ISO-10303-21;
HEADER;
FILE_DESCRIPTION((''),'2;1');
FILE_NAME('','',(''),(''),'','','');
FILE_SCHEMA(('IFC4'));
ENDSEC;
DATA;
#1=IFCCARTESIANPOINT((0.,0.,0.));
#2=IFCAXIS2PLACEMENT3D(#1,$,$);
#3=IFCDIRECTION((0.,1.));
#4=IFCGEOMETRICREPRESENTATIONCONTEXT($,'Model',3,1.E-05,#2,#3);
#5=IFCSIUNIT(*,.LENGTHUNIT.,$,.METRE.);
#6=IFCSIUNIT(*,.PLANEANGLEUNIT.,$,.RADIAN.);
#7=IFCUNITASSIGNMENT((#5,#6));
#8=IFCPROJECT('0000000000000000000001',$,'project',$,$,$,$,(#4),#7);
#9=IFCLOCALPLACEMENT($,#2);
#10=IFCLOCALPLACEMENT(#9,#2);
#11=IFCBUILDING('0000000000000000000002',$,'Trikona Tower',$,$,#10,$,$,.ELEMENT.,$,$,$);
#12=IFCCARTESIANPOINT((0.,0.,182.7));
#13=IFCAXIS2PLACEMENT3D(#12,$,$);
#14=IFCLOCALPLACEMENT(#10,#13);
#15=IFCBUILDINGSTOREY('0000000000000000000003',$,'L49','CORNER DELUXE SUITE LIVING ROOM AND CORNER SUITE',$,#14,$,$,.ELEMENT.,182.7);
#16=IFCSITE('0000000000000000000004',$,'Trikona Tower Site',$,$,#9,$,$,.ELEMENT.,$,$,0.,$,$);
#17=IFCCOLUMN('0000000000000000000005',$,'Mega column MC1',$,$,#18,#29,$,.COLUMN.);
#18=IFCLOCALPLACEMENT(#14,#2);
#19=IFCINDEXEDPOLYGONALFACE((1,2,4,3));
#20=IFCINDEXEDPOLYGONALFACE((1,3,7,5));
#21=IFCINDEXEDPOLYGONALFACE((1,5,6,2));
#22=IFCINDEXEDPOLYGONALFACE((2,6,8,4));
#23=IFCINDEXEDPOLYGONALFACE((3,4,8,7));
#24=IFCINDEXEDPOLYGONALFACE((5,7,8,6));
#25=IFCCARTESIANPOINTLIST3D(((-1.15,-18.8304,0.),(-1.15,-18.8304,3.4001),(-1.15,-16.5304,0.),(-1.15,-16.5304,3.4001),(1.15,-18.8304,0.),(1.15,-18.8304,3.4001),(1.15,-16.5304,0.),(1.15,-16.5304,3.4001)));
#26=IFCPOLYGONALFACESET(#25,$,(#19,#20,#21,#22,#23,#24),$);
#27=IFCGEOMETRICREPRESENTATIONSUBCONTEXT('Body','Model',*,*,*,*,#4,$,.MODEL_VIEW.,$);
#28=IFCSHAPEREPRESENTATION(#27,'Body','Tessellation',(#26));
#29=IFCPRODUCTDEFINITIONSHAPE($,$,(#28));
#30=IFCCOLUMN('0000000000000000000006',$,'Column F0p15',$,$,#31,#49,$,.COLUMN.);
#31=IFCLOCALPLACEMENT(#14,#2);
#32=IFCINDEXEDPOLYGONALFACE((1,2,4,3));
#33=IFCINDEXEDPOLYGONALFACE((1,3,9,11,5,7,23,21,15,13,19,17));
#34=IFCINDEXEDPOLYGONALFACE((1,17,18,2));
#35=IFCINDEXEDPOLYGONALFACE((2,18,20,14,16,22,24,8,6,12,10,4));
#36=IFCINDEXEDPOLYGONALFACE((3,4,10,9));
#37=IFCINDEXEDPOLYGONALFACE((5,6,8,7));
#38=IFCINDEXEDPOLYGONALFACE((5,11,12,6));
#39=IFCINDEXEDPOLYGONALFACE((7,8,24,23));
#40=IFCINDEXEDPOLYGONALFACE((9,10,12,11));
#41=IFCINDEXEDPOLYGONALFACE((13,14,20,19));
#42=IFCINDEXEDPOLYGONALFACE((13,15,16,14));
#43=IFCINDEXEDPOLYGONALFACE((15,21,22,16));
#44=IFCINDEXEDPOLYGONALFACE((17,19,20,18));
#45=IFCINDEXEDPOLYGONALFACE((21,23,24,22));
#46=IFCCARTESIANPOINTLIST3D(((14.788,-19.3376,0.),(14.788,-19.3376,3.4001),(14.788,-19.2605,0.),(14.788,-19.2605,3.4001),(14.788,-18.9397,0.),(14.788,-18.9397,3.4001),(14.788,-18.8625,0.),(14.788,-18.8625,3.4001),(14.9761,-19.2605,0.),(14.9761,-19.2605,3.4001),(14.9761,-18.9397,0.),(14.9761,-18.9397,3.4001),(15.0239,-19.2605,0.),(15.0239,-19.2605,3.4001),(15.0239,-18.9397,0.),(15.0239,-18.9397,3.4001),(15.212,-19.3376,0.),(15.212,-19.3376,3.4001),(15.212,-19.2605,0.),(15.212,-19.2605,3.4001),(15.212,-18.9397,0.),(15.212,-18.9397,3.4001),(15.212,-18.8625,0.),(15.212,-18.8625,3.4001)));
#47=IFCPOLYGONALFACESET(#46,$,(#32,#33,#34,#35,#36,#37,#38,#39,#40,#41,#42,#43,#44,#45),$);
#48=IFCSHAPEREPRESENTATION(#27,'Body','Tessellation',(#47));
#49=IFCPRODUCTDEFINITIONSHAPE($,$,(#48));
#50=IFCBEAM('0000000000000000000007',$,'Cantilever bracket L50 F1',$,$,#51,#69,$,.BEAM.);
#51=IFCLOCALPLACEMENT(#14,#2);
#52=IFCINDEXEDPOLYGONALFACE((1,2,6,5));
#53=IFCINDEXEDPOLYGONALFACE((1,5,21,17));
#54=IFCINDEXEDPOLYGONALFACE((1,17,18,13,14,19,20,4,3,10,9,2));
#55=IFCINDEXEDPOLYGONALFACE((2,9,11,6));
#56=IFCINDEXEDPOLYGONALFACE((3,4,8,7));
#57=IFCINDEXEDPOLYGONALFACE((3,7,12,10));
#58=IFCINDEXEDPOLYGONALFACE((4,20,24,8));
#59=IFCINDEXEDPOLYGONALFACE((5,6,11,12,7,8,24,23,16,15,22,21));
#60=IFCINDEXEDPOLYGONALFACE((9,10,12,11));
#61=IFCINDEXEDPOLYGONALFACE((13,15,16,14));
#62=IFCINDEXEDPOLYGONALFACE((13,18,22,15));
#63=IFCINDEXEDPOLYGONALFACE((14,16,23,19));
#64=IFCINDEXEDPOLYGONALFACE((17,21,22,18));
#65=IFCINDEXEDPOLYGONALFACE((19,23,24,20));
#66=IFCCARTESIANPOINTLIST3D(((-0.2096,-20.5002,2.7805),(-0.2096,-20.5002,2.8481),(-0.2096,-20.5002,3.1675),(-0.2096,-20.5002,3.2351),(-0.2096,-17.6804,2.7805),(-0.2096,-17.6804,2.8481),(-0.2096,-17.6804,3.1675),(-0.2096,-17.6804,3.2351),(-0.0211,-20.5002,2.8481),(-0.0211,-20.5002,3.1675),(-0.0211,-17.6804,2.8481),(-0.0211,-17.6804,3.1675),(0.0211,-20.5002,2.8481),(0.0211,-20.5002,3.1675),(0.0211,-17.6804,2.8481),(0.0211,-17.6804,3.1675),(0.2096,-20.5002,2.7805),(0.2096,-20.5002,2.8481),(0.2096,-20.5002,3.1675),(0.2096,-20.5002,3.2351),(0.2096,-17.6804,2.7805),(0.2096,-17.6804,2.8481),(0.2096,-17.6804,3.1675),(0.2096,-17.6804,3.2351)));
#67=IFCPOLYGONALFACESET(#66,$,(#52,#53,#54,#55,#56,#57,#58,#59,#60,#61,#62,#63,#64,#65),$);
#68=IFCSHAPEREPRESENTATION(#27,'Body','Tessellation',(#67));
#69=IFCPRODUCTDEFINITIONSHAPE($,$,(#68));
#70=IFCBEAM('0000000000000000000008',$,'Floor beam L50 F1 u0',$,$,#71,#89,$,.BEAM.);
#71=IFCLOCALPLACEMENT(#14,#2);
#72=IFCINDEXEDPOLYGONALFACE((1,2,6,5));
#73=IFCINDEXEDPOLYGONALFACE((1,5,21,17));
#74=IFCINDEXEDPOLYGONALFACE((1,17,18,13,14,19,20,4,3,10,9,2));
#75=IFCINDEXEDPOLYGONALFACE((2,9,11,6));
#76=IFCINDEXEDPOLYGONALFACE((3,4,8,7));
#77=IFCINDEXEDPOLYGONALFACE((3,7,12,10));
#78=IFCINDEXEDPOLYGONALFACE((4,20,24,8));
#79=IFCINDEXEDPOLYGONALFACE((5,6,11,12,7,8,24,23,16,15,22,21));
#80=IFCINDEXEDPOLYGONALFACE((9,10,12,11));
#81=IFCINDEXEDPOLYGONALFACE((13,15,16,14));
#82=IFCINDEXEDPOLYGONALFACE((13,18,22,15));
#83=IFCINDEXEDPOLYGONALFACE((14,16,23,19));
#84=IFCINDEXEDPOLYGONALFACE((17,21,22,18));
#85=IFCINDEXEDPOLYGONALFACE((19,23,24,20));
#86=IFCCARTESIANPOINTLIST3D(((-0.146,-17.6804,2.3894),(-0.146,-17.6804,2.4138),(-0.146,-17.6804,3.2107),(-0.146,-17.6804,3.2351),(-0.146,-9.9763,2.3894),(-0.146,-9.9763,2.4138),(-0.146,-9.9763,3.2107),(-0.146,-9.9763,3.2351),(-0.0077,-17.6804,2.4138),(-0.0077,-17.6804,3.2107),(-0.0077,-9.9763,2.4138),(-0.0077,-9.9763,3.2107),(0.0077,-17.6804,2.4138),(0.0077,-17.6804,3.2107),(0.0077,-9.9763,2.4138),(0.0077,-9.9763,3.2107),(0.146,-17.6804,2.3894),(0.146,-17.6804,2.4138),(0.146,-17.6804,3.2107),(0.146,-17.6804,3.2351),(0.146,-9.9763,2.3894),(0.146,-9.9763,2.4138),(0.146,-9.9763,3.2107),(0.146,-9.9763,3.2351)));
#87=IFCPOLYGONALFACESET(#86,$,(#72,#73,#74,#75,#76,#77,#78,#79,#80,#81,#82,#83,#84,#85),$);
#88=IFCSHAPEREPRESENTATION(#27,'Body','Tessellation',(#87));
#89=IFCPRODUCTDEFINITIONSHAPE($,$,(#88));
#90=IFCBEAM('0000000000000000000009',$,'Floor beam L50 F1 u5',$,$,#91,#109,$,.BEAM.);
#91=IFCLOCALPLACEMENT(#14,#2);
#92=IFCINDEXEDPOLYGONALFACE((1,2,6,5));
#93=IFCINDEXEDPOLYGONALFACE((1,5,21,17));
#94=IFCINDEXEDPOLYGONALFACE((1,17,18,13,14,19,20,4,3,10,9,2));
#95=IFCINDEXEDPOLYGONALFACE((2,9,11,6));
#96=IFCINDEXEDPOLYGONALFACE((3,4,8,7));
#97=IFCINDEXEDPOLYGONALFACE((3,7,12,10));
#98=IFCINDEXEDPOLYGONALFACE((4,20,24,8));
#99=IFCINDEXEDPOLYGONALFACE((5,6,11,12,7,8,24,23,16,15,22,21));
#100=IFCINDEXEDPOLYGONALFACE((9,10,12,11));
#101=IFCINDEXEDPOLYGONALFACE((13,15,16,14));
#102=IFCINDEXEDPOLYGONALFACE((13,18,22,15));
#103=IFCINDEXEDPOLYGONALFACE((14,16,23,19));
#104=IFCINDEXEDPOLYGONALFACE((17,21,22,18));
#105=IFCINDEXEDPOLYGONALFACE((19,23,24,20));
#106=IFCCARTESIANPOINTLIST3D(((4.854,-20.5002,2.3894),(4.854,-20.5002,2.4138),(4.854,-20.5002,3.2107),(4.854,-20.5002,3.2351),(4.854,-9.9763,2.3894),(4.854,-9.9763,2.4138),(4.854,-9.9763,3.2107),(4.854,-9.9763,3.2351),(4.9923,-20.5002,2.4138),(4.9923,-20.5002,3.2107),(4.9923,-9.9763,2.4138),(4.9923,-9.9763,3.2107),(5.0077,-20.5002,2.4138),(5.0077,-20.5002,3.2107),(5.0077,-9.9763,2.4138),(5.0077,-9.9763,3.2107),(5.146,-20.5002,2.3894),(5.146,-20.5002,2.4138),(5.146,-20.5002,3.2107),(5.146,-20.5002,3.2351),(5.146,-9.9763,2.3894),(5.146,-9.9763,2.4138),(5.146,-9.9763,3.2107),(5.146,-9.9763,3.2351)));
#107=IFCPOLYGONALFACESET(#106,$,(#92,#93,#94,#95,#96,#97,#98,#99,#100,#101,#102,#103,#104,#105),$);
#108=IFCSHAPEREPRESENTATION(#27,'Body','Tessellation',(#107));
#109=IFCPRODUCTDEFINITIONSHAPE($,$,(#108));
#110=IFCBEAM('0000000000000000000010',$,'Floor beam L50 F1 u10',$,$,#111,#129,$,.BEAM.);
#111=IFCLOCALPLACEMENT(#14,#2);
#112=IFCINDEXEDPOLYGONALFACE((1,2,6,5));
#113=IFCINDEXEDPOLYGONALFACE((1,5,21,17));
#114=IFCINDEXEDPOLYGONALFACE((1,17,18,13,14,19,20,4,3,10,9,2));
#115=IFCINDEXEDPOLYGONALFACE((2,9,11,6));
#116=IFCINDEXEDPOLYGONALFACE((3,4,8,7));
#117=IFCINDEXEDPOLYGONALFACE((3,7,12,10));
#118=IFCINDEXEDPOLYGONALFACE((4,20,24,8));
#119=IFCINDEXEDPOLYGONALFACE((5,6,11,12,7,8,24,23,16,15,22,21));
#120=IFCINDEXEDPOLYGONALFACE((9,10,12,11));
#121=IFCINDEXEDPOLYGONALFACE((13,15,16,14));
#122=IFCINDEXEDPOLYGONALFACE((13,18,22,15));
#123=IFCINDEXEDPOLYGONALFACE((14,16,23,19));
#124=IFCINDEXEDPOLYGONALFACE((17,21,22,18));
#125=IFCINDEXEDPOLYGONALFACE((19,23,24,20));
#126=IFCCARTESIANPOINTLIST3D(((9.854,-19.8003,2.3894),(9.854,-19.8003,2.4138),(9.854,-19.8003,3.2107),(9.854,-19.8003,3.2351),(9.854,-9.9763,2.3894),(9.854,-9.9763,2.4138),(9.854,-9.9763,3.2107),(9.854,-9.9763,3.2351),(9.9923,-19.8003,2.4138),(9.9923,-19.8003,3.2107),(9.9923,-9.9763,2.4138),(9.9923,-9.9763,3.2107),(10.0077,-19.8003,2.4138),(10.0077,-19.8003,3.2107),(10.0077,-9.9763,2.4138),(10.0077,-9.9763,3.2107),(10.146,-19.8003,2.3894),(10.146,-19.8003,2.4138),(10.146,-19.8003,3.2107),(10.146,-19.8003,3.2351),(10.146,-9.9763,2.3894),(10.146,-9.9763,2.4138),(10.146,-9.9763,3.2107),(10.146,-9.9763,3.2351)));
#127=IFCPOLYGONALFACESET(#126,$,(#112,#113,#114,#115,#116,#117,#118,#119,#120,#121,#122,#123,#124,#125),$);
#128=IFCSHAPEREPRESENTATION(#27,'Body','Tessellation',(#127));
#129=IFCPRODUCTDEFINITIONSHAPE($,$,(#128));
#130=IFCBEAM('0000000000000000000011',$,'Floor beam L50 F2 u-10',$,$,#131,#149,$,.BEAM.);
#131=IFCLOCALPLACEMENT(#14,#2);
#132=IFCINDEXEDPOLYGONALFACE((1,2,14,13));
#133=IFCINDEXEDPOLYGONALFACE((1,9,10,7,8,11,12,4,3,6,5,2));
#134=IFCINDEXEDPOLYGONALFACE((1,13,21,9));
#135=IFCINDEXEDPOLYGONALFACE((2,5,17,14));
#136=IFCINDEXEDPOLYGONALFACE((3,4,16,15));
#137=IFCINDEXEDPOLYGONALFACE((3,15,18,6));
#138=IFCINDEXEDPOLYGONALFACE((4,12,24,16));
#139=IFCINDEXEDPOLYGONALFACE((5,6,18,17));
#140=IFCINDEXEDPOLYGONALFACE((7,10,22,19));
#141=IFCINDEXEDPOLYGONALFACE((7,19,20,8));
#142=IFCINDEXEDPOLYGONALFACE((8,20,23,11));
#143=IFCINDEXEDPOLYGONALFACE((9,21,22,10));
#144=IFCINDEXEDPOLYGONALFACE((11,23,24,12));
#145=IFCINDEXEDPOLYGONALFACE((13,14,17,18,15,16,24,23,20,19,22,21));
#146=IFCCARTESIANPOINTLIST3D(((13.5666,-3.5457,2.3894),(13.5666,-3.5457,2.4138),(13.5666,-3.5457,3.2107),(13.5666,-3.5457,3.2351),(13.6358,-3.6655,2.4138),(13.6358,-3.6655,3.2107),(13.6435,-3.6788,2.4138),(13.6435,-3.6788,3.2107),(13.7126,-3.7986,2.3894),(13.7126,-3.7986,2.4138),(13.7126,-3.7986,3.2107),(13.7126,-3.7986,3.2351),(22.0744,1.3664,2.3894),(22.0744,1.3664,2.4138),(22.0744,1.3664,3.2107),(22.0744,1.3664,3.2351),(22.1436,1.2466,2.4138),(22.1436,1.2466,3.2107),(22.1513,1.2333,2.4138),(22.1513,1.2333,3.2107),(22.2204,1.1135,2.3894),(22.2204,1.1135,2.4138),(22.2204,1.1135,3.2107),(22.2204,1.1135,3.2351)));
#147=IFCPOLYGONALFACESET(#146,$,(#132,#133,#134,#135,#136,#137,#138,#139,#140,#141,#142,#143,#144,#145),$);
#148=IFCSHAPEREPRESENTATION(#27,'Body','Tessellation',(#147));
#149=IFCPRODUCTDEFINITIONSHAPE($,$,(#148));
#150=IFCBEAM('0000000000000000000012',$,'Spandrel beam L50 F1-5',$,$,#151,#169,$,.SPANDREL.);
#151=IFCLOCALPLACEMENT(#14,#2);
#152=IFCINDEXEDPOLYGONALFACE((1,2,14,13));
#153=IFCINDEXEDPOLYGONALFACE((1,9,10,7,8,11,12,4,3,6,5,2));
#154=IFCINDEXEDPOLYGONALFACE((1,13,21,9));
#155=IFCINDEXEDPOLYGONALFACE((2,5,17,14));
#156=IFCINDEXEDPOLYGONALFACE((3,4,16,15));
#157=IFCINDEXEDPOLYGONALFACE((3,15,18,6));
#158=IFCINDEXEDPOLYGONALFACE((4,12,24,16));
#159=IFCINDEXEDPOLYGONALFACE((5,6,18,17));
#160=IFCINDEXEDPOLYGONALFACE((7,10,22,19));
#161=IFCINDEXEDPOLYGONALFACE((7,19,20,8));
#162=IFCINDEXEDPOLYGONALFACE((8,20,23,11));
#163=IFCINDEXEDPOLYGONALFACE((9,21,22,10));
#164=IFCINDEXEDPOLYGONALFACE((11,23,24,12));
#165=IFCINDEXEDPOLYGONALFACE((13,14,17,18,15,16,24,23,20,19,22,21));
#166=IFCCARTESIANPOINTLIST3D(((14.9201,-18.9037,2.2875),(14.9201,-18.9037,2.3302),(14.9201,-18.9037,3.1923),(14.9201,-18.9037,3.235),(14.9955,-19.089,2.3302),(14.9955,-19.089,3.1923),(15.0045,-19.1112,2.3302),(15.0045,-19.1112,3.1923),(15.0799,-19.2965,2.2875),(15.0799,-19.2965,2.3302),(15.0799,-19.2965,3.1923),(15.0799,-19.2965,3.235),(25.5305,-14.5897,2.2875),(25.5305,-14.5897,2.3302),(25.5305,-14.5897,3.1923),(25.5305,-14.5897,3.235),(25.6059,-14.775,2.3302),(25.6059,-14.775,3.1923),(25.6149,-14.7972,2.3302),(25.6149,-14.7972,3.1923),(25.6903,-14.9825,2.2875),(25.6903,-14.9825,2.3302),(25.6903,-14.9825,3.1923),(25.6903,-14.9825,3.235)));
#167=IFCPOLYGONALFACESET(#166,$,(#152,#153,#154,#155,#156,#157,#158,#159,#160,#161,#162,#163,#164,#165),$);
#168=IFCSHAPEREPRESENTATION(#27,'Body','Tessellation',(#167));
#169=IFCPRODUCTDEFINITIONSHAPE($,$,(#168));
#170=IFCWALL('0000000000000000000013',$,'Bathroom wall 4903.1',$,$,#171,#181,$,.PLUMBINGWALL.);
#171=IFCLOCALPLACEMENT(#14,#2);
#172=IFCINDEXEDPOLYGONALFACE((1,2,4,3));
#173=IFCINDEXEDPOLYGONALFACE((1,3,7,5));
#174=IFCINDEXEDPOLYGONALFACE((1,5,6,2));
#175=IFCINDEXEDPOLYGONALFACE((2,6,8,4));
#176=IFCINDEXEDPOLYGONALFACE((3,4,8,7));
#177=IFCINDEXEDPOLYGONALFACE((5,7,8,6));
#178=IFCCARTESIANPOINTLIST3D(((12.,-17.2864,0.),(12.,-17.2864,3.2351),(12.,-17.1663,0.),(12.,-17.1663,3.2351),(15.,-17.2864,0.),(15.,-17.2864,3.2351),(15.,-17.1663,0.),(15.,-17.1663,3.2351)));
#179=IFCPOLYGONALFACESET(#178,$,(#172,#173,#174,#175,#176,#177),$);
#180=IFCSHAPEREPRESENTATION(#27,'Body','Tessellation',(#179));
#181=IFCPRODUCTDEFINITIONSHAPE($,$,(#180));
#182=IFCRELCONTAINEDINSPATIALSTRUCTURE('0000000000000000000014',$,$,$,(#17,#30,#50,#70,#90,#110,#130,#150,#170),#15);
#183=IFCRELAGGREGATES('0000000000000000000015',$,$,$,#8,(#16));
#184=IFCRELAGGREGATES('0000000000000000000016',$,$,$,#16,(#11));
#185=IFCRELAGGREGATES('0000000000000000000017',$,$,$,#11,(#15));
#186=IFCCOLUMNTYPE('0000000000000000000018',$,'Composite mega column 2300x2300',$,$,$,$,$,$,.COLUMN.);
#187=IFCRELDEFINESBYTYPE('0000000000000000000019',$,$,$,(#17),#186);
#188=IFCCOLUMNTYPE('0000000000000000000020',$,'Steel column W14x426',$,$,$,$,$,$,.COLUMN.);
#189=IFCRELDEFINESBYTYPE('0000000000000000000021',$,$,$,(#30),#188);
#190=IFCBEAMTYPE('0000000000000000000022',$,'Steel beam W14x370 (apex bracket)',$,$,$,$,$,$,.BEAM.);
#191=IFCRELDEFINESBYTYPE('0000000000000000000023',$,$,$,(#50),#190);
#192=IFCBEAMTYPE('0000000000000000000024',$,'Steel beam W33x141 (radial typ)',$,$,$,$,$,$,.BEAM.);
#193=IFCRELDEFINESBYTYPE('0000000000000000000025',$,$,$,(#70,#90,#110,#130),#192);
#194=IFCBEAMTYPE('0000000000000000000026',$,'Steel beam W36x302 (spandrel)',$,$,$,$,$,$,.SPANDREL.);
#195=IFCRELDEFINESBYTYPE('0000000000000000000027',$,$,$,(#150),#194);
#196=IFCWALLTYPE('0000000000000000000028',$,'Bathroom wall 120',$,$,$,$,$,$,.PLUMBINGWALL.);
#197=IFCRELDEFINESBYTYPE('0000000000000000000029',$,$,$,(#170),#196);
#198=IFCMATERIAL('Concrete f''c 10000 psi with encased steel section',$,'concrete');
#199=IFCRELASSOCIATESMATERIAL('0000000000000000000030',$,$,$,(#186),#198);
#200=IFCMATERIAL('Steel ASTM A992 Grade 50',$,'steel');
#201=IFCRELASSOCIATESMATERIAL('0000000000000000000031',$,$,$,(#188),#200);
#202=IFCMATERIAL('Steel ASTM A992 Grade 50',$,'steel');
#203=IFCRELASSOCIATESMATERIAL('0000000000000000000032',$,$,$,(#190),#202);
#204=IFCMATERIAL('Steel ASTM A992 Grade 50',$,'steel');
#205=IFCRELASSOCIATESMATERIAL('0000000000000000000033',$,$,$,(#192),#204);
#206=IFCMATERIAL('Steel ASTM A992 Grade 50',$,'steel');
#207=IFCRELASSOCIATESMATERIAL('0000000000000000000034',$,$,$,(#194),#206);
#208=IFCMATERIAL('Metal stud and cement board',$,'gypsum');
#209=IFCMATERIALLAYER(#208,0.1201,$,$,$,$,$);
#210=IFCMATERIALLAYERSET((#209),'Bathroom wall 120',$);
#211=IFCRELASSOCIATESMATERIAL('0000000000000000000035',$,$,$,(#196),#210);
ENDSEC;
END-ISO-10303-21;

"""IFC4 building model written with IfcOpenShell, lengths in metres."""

from ifc_helpers import new_model, si_unit, direction, frame, frame_2d, origin, origin_2d, place, context, subcontext, project, spatial, rectangle, i_section, extrude, material, layer, layer_set, material_profile, profile_set, type_object, element, save


model = new_model("IFC4")

# Units and contexts
model_context = context("Model", 3, precision=1e-05, world=origin(), true_north=direction((0.0, 1.0)))
body_context = subcontext(model_context, "Body", "Model", "MODEL_VIEW")
ifc_project = project(units=[si_unit("LENGTHUNIT", "METRE"), si_unit("PLANEANGLEUNIT", "RADIAN")], contexts=[model_context])

# Site, building, storey
site_placement = place(None, origin())
site = spatial("IfcSite", under=ifc_project, at=site_placement, Name="Trikona Tower Site", CompositionType="ELEMENT", RefElevation=0.0)
building_placement = place(site_placement, origin())
building = spatial("IfcBuilding", under=site, at=building_placement, Name="Trikona Tower", CompositionType="ELEMENT")
storey_placement = place(building_placement, frame((0.0, 0.0, 182.7)))
storey = spatial("IfcBuildingStorey", under=building, at=storey_placement, Name="L49", Description="CORNER DELUXE SUITE LIVING ROOM AND CORNER SUITE", CompositionType="ELEMENT", Elevation=182.7)

# Columns
ifc_material_1 = material(Name="Concrete f'c 10000 psi with encased steel section", Category="concrete")
ifc_material_profile_1 = material_profile(ifc_material_1, rectangle(XDim=2.3, YDim=2.3, at=origin_2d()), Name="MC2300")
ifc_profile_set_1 = profile_set([ifc_material_profile_1], Name="Concrete f'c 10000 psi with encased steel section")
column_type_1 = type_object("IfcColumnType", Name="Composite mega column 2300x2300", PredefinedType="COLUMN", material=ifc_profile_set_1)
column_1_placement = place(storey_placement, frame((0.0, -17.6804, 0.0), z_axis=(0.0, 0.0, 1.0), x_axis=(0.0, -1.0, 0.0)))
element("IfcColumn", 1, at=column_1_placement, inside=storey, type_object=column_type_1, Name="Mega column MC1", PredefinedType="COLUMN", context=body_context, shape_type="SweptSolid", body=[
    extrude(rectangle(XDim=2.3, YDim=2.3, at=origin_2d()), origin(), (0.0, 0.0, 1.0), 3.4001),
])
ifc_material_2 = material(Name="Steel ASTM A992 Grade 50", Category="steel")
ifc_material_profile_2 = material_profile(ifc_material_2, i_section(OverallWidth=0.4241, OverallDepth=0.4751, WebThickness=0.0479, FlangeThickness=0.0771, at=origin_2d()), Name="W14X426")
ifc_profile_set_2 = profile_set([ifc_material_profile_2], Name="Steel ASTM A992 Grade 50")
column_type_2 = type_object("IfcColumnType", Name="Steel column W14x426", PredefinedType="COLUMN", material=ifc_profile_set_2)
column_2_placement = place(storey_placement, frame((15.0, -19.1001, 0.0), z_axis=(0.0, 0.0, 1.0), x_axis=(1.0, 0.0, 0.0)))
element("IfcColumn", 2, at=column_2_placement, inside=storey, type_object=column_type_2, Name="Column F0p15", PredefinedType="COLUMN", context=body_context, shape_type="SweptSolid", body=[
    extrude(i_section(OverallWidth=0.4241, OverallDepth=0.4751, WebThickness=0.0479, FlangeThickness=0.0771, at=origin_2d()), origin(), (0.0, 0.0, 1.0), 3.4001),
])

# Beams
ifc_material_3 = material(Name="Steel ASTM A992 Grade 50", Category="steel")
ifc_material_profile_3 = material_profile(ifc_material_3, i_section(OverallWidth=0.4192, OverallDepth=0.4546, WebThickness=0.0422, FlangeThickness=0.0676, at=origin_2d()), Name="W14X370")
ifc_profile_set_3 = profile_set([ifc_material_profile_3], Name="Steel ASTM A992 Grade 50")
beam_type_1 = type_object("IfcBeamType", Name="Steel beam W14x370 (apex bracket)", PredefinedType="BEAM", material=ifc_profile_set_3)
beam_1_placement = place(storey_placement, frame((0.0, -17.6804, 3.0078), z_axis=(0.0, -1.0, 0.0), x_axis=(1.0, 0.0, 0.0)))
element("IfcBeam", 3, at=beam_1_placement, inside=storey, type_object=beam_type_1, Name="Cantilever bracket L50 F1", PredefinedType="BEAM", context=body_context, shape_type="SweptSolid", body=[
    extrude(i_section(OverallWidth=0.4192, OverallDepth=0.4546, WebThickness=0.0422, FlangeThickness=0.0676, at=origin_2d()), origin(), (0.0, 0.0, 1.0), 2.8198),
])
ifc_material_4 = material(Name="Steel ASTM A992 Grade 50", Category="steel")
ifc_material_profile_4 = material_profile(ifc_material_4, i_section(OverallWidth=0.292, OverallDepth=0.8457, WebThickness=0.0154, FlangeThickness=0.0244, at=origin_2d()), Name="W33X141")
ifc_profile_set_4 = profile_set([ifc_material_profile_4], Name="Steel ASTM A992 Grade 50")
beam_type_2 = type_object("IfcBeamType", Name="Steel beam W33x141 (radial typ)", PredefinedType="BEAM", material=ifc_profile_set_4)
beam_2_placement = place(storey_placement, frame((0.0, -9.9763, 2.8123), z_axis=(0.0, -1.0, 0.0), x_axis=(1.0, 0.0, 0.0)))
element("IfcBeam", 4, at=beam_2_placement, inside=storey, type_object=beam_type_2, Name="Floor beam L50 F1 u0", PredefinedType="BEAM", context=body_context, shape_type="SweptSolid", body=[
    extrude(i_section(OverallWidth=0.292, OverallDepth=0.8457, WebThickness=0.0154, FlangeThickness=0.0244, at=origin_2d()), origin(), (0.0, 0.0, 1.0), 7.7041),
])
beam_3_placement = place(storey_placement, frame((5.0, -9.9763, 2.8123), z_axis=(0.0, -1.0, 0.0), x_axis=(1.0, 0.0, 0.0)))
element("IfcBeam", 5, at=beam_3_placement, inside=storey, type_object=beam_type_2, Name="Floor beam L50 F1 u5", PredefinedType="BEAM", context=body_context, shape_type="SweptSolid", body=[
    extrude(i_section(OverallWidth=0.292, OverallDepth=0.8457, WebThickness=0.0154, FlangeThickness=0.0244, at=origin_2d()), origin(), (0.0, 0.0, 1.0), 10.5239),
])
for number, where, z_axis, x_axis, name in (
    (6, (10.0, -9.9763, 2.8123), (0.0, -1.0, 0.0), (1.0, 0.0, 0.0), "Floor beam L50 F1 u10"),
    (7, (13.6396, -3.6721, 2.8123), (0.86602, 0.500009, 0.0), (-0.500009, 0.86602, 0.0), "Floor beam L50 F2 u-10"),
):
    element("IfcBeam", number, at=place(storey_placement, frame(where, z_axis=z_axis, x_axis=x_axis)), inside=storey, type_object=beam_type_2, Name=name, PredefinedType="BEAM", context=body_context, shape_type="SweptSolid", body=[
        extrude(i_section(OverallWidth=0.292, OverallDepth=0.8457, WebThickness=0.0154, FlangeThickness=0.0244, at=origin_2d()), origin(), (0.0, 0.0, 1.0), 9.824),
    ])
ifc_material_5 = material(Name="Steel ASTM A992 Grade 50", Category="steel")
ifc_material_profile_5 = material_profile(ifc_material_5, i_section(OverallWidth=0.4241, OverallDepth=0.9475, WebThickness=0.0239, FlangeThickness=0.0427, at=origin_2d()), Name="W36X302")
ifc_profile_set_5 = profile_set([ifc_material_profile_5], Name="Steel ASTM A992 Grade 50")
beam_type_3 = type_object("IfcBeamType", Name="Steel beam W36x302 (spandrel)", PredefinedType="SPANDREL", material=ifc_profile_set_5)
beam_4_placement = place(storey_placement, frame((15.0, -19.1001, 2.7612), z_axis=(0.92636, 0.37664, 0.0), x_axis=(-0.37664, 0.92636, 0.0)))
element("IfcBeam", 8, at=beam_4_placement, inside=storey, type_object=beam_type_3, Name="Spandrel beam L50 F1-5", PredefinedType="SPANDREL", context=body_context, shape_type="SweptSolid", body=[
    extrude(i_section(OverallWidth=0.4241, OverallDepth=0.9475, WebThickness=0.0239, FlangeThickness=0.0427, at=origin_2d()), origin(), (0.0, 0.0, 1.0), 11.4539),
])

# Wall
ifc_material_6 = material(Name="Metal stud and cement board", Category="gypsum")
ifc_layer_1 = layer(ifc_material_6, 0.1201)
ifc_layer_set_1 = layer_set([ifc_layer_1], Name="Bathroom wall 120")
wall_type_1 = type_object("IfcWallType", Name="Bathroom wall 120", PredefinedType="PLUMBINGWALL", material=ifc_layer_set_1)
wall_1_placement = place(storey_placement, frame((12.0, -17.2263, 0.0), z_axis=(0.0, 0.0, 1.0), x_axis=(1.0, 0.0, 0.0)))
element("IfcWall", 9, at=wall_1_placement, inside=storey, type_object=wall_type_1, Name="Bathroom wall 4903.1", PredefinedType="PLUMBINGWALL", context=body_context, shape_type="SweptSolid", body=[
    extrude(rectangle(XDim=3.0, YDim=0.1201, at=frame_2d((1.5, 0.0))), origin(), (0.0, 0.0, 1.0), 3.2351),
])

save(model, "model.ifc")
